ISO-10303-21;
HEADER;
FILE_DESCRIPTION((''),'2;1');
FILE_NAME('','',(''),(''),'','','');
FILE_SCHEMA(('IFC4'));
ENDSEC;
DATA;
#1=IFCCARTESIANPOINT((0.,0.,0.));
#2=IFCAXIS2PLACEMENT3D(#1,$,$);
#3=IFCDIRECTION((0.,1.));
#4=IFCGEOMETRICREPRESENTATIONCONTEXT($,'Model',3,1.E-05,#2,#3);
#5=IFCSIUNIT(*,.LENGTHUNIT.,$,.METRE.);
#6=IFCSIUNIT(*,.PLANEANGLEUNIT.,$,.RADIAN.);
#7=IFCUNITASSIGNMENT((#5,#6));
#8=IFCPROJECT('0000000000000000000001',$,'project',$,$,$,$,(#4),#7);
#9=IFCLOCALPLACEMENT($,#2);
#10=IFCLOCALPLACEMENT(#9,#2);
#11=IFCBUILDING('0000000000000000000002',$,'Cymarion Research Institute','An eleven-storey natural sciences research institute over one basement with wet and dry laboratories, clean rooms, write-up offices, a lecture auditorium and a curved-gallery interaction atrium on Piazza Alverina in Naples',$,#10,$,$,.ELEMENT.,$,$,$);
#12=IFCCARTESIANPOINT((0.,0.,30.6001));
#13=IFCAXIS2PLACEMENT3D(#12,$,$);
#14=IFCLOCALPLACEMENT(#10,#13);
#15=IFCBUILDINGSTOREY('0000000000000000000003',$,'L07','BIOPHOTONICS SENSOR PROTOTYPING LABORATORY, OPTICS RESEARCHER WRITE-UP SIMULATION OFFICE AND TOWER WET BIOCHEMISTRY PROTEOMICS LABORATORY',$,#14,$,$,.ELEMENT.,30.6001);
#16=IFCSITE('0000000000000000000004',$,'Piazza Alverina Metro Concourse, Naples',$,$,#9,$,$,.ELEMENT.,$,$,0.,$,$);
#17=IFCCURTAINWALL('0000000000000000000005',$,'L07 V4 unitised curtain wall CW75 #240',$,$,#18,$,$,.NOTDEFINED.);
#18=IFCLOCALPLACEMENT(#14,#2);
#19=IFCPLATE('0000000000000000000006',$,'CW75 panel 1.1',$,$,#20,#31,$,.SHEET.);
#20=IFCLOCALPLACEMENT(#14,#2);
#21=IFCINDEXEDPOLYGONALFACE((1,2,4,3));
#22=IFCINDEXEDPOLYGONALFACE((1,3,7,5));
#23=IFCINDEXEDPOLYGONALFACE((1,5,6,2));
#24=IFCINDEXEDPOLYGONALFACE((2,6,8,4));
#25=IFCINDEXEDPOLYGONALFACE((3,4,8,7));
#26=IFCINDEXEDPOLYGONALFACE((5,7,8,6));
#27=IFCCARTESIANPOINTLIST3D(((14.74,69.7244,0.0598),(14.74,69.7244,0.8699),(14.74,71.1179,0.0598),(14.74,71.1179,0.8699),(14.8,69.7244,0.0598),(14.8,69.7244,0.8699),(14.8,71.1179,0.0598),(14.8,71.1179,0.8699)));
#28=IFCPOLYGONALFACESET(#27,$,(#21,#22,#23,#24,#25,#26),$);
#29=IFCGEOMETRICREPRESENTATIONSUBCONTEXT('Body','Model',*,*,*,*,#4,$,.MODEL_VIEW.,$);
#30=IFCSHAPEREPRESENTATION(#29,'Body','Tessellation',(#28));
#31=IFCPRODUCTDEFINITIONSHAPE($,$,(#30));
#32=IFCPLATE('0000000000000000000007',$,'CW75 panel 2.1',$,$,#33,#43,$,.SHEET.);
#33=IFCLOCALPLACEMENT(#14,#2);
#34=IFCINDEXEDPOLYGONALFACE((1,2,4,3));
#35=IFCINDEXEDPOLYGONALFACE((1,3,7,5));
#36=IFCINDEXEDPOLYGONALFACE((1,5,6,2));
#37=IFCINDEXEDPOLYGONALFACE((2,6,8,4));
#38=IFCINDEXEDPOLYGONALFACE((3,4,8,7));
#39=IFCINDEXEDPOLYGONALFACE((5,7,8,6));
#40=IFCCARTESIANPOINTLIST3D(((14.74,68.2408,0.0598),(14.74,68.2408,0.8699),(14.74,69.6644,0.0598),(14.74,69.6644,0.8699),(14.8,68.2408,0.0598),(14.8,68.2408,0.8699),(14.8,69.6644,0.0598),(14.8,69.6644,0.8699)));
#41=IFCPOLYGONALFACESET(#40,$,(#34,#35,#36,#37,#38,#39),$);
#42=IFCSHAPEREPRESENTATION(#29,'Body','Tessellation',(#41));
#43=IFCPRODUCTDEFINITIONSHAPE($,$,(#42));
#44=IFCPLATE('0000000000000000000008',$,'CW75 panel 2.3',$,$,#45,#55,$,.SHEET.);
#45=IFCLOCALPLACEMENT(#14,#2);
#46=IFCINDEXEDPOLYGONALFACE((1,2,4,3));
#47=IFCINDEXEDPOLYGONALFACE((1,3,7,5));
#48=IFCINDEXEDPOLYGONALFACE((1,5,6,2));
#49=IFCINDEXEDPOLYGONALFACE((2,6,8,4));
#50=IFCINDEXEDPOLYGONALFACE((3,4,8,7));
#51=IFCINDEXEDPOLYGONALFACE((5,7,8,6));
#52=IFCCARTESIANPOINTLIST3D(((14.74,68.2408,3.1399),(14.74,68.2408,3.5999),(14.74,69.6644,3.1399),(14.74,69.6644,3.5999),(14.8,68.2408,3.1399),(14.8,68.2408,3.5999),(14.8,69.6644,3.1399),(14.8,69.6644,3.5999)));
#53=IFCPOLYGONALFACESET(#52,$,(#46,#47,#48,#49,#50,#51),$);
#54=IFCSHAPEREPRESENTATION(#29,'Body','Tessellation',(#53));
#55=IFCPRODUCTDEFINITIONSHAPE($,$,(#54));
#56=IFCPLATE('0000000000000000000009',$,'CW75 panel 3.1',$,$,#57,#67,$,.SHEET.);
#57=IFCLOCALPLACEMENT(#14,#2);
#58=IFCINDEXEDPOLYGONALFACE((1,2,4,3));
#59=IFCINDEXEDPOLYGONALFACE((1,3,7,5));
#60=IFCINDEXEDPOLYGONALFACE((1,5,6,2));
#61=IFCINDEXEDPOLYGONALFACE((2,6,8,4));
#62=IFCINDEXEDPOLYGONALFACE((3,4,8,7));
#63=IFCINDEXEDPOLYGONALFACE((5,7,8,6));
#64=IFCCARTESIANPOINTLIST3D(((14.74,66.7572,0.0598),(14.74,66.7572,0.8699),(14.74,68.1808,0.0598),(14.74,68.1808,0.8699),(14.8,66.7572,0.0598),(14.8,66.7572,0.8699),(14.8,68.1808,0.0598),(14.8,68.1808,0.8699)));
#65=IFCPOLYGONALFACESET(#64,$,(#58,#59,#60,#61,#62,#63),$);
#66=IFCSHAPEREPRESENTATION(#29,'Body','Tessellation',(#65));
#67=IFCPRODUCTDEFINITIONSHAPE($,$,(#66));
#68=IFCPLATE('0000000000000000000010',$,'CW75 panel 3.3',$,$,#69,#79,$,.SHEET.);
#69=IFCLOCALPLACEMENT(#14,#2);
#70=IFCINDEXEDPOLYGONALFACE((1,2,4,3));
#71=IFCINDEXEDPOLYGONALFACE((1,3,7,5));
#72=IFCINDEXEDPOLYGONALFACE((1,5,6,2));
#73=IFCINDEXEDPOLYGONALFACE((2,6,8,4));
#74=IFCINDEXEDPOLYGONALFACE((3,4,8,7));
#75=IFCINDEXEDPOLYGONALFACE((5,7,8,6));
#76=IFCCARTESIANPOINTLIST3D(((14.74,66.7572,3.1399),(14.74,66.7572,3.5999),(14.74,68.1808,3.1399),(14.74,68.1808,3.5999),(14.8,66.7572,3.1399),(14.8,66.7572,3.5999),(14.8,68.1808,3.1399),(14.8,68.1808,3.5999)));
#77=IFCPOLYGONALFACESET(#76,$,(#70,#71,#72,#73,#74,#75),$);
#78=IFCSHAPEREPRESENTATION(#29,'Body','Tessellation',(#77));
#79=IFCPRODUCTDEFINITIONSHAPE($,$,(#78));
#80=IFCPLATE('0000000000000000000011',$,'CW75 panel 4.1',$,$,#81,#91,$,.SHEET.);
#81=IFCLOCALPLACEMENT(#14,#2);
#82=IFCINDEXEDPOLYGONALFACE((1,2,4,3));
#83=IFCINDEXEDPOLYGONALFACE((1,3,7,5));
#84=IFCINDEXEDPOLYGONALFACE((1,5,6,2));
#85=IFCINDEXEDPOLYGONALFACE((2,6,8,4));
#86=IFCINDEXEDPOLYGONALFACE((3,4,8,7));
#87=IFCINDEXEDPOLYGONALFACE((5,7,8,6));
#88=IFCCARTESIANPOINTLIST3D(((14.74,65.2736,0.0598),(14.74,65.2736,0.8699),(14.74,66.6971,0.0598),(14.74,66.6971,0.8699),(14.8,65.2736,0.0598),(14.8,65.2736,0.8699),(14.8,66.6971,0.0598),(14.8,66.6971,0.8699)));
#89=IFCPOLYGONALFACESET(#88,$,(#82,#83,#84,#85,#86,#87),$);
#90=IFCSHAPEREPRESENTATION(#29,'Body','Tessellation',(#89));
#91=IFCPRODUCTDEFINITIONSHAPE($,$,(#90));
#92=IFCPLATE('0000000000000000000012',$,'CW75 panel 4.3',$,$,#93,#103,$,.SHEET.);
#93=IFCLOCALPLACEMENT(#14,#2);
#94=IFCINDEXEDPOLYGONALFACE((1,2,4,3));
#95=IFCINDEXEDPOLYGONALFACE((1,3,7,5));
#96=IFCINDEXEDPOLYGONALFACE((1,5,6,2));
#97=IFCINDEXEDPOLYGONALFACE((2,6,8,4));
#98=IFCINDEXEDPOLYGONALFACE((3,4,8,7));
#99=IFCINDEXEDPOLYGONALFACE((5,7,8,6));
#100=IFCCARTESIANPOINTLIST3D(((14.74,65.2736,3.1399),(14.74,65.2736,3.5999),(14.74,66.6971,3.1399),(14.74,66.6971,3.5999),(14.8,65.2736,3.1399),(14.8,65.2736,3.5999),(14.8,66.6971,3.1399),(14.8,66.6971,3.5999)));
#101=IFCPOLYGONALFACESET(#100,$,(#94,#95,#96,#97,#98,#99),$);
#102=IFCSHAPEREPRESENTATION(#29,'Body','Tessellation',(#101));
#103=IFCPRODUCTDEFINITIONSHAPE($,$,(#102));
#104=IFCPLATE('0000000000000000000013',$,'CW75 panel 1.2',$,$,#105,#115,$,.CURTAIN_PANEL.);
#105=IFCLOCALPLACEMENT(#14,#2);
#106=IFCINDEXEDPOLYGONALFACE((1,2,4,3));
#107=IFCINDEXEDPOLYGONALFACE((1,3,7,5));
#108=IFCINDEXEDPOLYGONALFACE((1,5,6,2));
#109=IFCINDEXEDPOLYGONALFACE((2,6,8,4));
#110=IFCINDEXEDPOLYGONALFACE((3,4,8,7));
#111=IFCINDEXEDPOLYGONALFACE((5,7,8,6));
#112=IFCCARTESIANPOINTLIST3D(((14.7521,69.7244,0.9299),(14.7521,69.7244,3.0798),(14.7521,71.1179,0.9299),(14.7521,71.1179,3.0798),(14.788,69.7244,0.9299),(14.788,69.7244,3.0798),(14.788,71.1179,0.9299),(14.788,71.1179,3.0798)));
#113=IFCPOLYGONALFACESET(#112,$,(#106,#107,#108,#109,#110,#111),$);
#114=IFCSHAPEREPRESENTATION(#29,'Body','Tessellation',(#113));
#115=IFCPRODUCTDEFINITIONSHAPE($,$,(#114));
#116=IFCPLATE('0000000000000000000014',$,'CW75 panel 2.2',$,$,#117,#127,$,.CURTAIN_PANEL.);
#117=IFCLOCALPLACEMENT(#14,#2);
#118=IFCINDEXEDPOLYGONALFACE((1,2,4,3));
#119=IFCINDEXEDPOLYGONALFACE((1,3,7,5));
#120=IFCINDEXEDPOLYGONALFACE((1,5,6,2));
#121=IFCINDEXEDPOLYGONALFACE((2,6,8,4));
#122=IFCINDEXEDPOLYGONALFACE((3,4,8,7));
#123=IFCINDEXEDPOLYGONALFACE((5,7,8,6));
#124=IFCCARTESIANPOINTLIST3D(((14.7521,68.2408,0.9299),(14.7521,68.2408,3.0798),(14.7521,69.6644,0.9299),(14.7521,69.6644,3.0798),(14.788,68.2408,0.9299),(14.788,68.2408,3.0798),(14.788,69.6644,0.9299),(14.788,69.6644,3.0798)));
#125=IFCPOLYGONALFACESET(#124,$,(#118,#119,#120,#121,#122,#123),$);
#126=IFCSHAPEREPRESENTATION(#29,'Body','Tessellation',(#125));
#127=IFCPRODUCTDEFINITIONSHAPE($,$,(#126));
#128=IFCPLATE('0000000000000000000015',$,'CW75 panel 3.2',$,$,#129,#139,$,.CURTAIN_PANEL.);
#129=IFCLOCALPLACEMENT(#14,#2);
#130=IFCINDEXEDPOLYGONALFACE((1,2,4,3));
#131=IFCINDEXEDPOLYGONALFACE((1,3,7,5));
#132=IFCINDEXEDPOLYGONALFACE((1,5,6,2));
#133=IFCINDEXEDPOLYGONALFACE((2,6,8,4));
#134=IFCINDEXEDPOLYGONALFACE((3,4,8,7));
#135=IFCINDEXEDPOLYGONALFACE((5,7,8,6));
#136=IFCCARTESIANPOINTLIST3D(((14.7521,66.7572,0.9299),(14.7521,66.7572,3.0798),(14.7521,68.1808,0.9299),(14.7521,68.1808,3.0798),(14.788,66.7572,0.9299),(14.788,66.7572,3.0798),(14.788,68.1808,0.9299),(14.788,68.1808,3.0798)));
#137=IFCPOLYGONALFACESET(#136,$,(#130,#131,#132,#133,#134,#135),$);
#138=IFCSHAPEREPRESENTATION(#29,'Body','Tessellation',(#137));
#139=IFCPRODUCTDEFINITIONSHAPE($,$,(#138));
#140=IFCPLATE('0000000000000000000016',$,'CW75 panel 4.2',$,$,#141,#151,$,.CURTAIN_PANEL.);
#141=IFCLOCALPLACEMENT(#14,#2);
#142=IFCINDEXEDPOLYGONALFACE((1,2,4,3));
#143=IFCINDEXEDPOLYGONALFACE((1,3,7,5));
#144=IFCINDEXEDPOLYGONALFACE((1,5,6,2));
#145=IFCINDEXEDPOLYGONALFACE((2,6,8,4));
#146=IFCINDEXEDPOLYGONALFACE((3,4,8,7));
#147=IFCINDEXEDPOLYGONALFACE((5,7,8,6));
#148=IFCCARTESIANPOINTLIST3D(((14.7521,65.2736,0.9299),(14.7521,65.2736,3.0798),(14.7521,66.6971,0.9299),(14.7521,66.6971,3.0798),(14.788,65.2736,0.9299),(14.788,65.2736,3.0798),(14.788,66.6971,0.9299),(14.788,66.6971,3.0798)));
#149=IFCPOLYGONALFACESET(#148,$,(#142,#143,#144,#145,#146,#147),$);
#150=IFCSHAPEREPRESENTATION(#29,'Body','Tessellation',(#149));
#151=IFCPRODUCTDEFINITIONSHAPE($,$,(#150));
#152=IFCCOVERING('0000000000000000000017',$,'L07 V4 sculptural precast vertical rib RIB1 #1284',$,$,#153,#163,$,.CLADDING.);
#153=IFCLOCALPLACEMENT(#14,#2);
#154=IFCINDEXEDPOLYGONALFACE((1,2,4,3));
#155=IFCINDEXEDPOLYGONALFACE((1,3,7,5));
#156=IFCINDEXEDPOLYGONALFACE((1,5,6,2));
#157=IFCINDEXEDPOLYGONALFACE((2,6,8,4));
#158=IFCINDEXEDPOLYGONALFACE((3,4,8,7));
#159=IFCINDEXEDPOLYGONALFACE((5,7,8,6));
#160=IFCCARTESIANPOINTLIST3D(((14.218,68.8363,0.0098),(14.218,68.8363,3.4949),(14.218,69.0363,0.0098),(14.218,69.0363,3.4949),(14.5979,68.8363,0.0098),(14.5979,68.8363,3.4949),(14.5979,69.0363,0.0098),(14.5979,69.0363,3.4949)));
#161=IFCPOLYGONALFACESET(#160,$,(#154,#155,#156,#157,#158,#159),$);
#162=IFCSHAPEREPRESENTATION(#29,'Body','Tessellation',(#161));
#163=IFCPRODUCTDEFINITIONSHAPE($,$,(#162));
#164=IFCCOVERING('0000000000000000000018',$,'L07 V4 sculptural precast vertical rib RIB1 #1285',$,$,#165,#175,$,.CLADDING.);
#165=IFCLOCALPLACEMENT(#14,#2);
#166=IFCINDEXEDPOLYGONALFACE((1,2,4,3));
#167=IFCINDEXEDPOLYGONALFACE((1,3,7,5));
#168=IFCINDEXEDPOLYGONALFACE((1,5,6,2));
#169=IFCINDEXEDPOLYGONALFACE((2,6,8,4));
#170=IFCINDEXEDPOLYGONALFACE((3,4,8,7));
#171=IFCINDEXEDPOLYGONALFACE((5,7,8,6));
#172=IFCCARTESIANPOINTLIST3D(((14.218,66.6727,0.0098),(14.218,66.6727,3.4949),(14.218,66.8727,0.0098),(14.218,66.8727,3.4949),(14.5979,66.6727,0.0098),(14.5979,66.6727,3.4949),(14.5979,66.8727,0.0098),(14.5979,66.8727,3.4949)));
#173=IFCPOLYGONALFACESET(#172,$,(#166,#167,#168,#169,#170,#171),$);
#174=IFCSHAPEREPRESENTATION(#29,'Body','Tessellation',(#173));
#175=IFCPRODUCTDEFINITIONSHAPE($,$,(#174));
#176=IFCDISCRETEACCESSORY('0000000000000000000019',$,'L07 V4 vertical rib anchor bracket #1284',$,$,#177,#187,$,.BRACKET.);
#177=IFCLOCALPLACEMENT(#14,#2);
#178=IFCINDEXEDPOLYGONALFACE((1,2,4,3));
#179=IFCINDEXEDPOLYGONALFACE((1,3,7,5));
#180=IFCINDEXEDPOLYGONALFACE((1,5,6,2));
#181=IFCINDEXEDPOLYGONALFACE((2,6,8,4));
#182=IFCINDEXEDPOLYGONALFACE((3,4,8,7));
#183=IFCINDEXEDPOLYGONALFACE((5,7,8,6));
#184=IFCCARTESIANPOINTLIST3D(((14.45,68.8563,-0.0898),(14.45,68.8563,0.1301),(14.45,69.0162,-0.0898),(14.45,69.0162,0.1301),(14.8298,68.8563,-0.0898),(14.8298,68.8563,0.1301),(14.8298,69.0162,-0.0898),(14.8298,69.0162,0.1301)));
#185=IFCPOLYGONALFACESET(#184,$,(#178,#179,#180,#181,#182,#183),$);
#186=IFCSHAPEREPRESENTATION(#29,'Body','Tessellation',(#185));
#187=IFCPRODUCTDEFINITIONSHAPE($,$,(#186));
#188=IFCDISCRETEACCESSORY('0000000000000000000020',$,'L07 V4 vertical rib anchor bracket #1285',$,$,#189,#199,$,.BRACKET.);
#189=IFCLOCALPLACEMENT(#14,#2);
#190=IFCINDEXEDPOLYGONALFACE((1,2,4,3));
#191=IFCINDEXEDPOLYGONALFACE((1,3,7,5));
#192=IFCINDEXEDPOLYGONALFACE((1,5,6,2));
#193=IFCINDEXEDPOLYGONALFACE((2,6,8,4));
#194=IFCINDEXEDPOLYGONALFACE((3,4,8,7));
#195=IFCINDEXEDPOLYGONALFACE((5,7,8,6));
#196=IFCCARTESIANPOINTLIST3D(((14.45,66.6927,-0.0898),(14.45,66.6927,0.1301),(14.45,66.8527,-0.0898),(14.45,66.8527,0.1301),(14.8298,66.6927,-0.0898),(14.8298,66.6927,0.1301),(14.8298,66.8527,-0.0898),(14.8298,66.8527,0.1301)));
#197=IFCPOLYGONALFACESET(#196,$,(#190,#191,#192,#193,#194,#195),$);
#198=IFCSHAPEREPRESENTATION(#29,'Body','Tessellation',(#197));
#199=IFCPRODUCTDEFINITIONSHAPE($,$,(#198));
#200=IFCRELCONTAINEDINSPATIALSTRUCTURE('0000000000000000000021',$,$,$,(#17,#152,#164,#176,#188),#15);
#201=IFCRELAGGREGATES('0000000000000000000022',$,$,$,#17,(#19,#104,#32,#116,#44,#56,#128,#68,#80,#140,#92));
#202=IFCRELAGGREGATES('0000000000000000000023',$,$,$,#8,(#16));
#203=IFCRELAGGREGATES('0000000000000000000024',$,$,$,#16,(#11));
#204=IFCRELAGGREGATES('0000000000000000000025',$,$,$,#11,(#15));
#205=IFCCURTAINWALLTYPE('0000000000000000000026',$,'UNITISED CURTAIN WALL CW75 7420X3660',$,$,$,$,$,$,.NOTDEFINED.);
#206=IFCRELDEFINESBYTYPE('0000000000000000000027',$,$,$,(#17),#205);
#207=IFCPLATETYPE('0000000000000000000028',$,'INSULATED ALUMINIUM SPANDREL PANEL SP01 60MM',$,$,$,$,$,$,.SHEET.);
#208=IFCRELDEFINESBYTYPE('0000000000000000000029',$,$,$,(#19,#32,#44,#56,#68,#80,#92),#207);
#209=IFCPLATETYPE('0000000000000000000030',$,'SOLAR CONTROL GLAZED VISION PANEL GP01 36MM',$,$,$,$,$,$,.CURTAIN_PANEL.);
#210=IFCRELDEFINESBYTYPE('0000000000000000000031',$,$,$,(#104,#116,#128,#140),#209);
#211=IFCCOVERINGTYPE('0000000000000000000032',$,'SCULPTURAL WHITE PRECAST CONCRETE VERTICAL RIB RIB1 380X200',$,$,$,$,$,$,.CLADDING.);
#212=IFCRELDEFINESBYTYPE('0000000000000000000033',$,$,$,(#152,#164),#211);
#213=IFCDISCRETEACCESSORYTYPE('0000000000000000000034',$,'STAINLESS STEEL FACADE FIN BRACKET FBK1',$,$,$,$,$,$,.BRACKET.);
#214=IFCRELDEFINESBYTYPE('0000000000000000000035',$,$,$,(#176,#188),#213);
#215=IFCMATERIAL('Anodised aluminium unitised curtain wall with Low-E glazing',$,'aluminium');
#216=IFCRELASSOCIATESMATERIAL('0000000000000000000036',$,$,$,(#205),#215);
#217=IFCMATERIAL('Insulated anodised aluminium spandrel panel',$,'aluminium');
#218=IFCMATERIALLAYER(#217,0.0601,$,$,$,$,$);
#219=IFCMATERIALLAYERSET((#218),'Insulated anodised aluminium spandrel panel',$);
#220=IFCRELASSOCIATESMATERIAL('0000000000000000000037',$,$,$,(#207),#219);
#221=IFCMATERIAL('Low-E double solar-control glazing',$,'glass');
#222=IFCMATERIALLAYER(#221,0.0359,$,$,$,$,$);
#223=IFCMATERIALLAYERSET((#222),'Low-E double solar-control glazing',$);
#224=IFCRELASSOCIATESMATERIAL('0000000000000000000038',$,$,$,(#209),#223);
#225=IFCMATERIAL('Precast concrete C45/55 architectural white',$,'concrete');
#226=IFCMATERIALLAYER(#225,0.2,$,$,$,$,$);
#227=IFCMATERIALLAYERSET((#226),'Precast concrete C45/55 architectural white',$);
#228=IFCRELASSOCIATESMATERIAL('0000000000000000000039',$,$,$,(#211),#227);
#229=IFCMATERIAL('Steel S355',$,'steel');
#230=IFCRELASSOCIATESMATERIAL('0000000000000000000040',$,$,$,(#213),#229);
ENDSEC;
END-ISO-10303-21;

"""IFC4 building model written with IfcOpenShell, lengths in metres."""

from ifc_helpers import new_model, si_unit, direction, frame, origin, origin_2d, place, context, subcontext, project, spatial, rectangle, extrude, material, layer, layer_set, type_object, element, aggregate, save


model = new_model("IFC4")

# Units and contexts
model_context = context("Model", 3, precision=1e-05, world=origin(), true_north=direction((0.0, 1.0)))
body_context = subcontext(model_context, "Body", "Model", "MODEL_VIEW")
ifc_project = project(units=[si_unit("LENGTHUNIT", "METRE"), si_unit("PLANEANGLEUNIT", "RADIAN")], contexts=[model_context])

# Site, building, storey
site_placement = place(None, origin())
site = spatial("IfcSite", under=ifc_project, at=site_placement, Name="Piazza Alverina Metro Concourse, Naples", CompositionType="ELEMENT", RefElevation=0.0)
building_placement = place(site_placement, origin())
building = spatial("IfcBuilding", under=site, at=building_placement, Name="Cymarion Research Institute", Description="An eleven-storey natural sciences research institute over one basement with wet and dry laboratories, clean rooms, write-up offices, a lecture auditorium and a curved-gallery interaction atrium on Piazza Alverina in Naples", CompositionType="ELEMENT")
storey_placement = place(building_placement, frame((0.0, 0.0, 30.6001)))
storey = spatial("IfcBuildingStorey", under=building, at=storey_placement, Name="L07", Description="BIOPHOTONICS SENSOR PROTOTYPING LABORATORY, OPTICS RESEARCHER WRITE-UP SIMULATION OFFICE AND TOWER WET BIOCHEMISTRY PROTEOMICS LABORATORY", CompositionType="ELEMENT", Elevation=30.6001)

# Curtain wall, plates
ifc_material_1 = material(Name="Anodised aluminium unitised curtain wall with Low-E glazing", Category="aluminium")
curtain_wall_type = type_object("IfcCurtainWallType", Name="UNITISED CURTAIN WALL CW75 7420X3660", PredefinedType="NOTDEFINED", material=ifc_material_1)
curtain_wall_placement = place(storey_placement, origin())
curtain_wall = element("IfcCurtainWall", 1, at=curtain_wall_placement, inside=storey, type_object=curtain_wall_type, Name="L07 V4 unitised curtain wall CW75 #240", PredefinedType="NOTDEFINED")
ifc_material_2 = material(Name="Insulated anodised aluminium spandrel panel", Category="aluminium")
ifc_layer_1 = layer(ifc_material_2, 0.0601)
ifc_layer_set_1 = layer_set([ifc_layer_1], Name="Insulated anodised aluminium spandrel panel")
plate_type_1 = type_object("IfcPlateType", Name="INSULATED ALUMINIUM SPANDREL PANEL SP01 60MM", PredefinedType="SHEET", material=ifc_layer_set_1)
plate_1_placement = place(storey_placement, frame((14.77, 70.4211, 0.0598), z_axis=(0.0, 0.0, 1.0), x_axis=(0.0, -1.0, 0.0)))
plate_1 = element("IfcPlate", 2, at=plate_1_placement, type_object=plate_type_1, Name="CW75 panel 1.1", PredefinedType="SHEET", context=body_context, shape_type="SweptSolid", body=[
    extrude(rectangle(XDim=1.3936, YDim=0.0601, at=origin_2d()), origin(), (0.0, 0.0, 1.0), 0.8101),
])
plate_2_placement = place(storey_placement, frame((14.77, 68.9526, 0.0598), z_axis=(0.0, 0.0, 1.0), x_axis=(0.0, -1.0, 0.0)))
plate_2 = element("IfcPlate", 3, at=plate_2_placement, type_object=plate_type_1, Name="CW75 panel 2.1", PredefinedType="SHEET", context=body_context, shape_type="SweptSolid", body=[
    extrude(rectangle(XDim=1.4236, YDim=0.0601, at=origin_2d()), origin(), (0.0, 0.0, 1.0), 0.8101),
])
plate_3_placement = place(storey_placement, frame((14.77, 68.9526, 3.1399), z_axis=(0.0, 0.0, 1.0), x_axis=(0.0, -1.0, 0.0)))
plate_3 = element("IfcPlate", 4, at=plate_3_placement, type_object=plate_type_1, Name="CW75 panel 2.3", PredefinedType="SHEET", context=body_context, shape_type="SweptSolid", body=[
    extrude(rectangle(XDim=1.4236, YDim=0.0601, at=origin_2d()), origin(), (0.0, 0.0, 1.0), 0.46),
])
plate_4_placement = place(storey_placement, frame((14.77, 67.469, 0.0598), z_axis=(0.0, 0.0, 1.0), x_axis=(0.0, -1.0, 0.0)))
plate_4 = element("IfcPlate", 5, at=plate_4_placement, type_object=plate_type_1, Name="CW75 panel 3.1", PredefinedType="SHEET", context=body_context, shape_type="SweptSolid", body=[
    extrude(rectangle(XDim=1.4236, YDim=0.0601, at=origin_2d()), origin(), (0.0, 0.0, 1.0), 0.8101),
])
plate_5_placement = place(storey_placement, frame((14.77, 67.469, 3.1399), z_axis=(0.0, 0.0, 1.0), x_axis=(0.0, -1.0, 0.0)))
plate_5 = element("IfcPlate", 6, at=plate_5_placement, type_object=plate_type_1, Name="CW75 panel 3.3", PredefinedType="SHEET", context=body_context, shape_type="SweptSolid", body=[
    extrude(rectangle(XDim=1.4236, YDim=0.0601, at=origin_2d()), origin(), (0.0, 0.0, 1.0), 0.46),
])
plate_6_placement = place(storey_placement, frame((14.77, 65.9854, 0.0598), z_axis=(0.0, 0.0, 1.0), x_axis=(0.0, -1.0, 0.0)))
plate_6 = element("IfcPlate", 7, at=plate_6_placement, type_object=plate_type_1, Name="CW75 panel 4.1", PredefinedType="SHEET", context=body_context, shape_type="SweptSolid", body=[
    extrude(rectangle(XDim=1.4236, YDim=0.0601, at=origin_2d()), origin(), (0.0, 0.0, 1.0), 0.8101),
])
plate_7_placement = place(storey_placement, frame((14.77, 65.9854, 3.1399), z_axis=(0.0, 0.0, 1.0), x_axis=(0.0, -1.0, 0.0)))
plate_7 = element("IfcPlate", 8, at=plate_7_placement, type_object=plate_type_1, Name="CW75 panel 4.3", PredefinedType="SHEET", context=body_context, shape_type="SweptSolid", body=[
    extrude(rectangle(XDim=1.4236, YDim=0.0601, at=origin_2d()), origin(), (0.0, 0.0, 1.0), 0.46),
])
ifc_material_3 = material(Name="Low-E double solar-control glazing", Category="glass")
ifc_layer_2 = layer(ifc_material_3, 0.0359)
ifc_layer_set_2 = layer_set([ifc_layer_2], Name="Low-E double solar-control glazing")
plate_type_2 = type_object("IfcPlateType", Name="SOLAR CONTROL GLAZED VISION PANEL GP01 36MM", PredefinedType="CURTAIN_PANEL", material=ifc_layer_set_2)
plate_8_placement = place(storey_placement, frame((14.77, 70.4211, 0.9299), z_axis=(0.0, 0.0, 1.0), x_axis=(0.0, -1.0, 0.0)))
plate_8 = element("IfcPlate", 9, at=plate_8_placement, type_object=plate_type_2, Name="CW75 panel 1.2", PredefinedType="CURTAIN_PANEL", context=body_context, shape_type="SweptSolid", body=[
    extrude(rectangle(XDim=1.3936, YDim=0.0359, at=origin_2d()), origin(), (0.0, 0.0, 1.0), 2.1499),
])
plate_9_placement = place(storey_placement, frame((14.77, 68.9526, 0.9299), z_axis=(0.0, 0.0, 1.0), x_axis=(0.0, -1.0, 0.0)))
plate_9 = element("IfcPlate", 10, at=plate_9_placement, type_object=plate_type_2, Name="CW75 panel 2.2", PredefinedType="CURTAIN_PANEL", context=body_context, shape_type="SweptSolid", body=[
    extrude(rectangle(XDim=1.4236, YDim=0.0359, at=origin_2d()), origin(), (0.0, 0.0, 1.0), 2.1499),
])
plate_10_placement = place(storey_placement, frame((14.77, 67.469, 0.9299), z_axis=(0.0, 0.0, 1.0), x_axis=(0.0, -1.0, 0.0)))
plate_10 = element("IfcPlate", 11, at=plate_10_placement, type_object=plate_type_2, Name="CW75 panel 3.2", PredefinedType="CURTAIN_PANEL", context=body_context, shape_type="SweptSolid", body=[
    extrude(rectangle(XDim=1.4236, YDim=0.0359, at=origin_2d()), origin(), (0.0, 0.0, 1.0), 2.1499),
])
plate_11_placement = place(storey_placement, frame((14.77, 65.9854, 0.9299), z_axis=(0.0, 0.0, 1.0), x_axis=(0.0, -1.0, 0.0)))
plate_11 = element("IfcPlate", 12, at=plate_11_placement, type_object=plate_type_2, Name="CW75 panel 4.2", PredefinedType="CURTAIN_PANEL", context=body_context, shape_type="SweptSolid", body=[
    extrude(rectangle(XDim=1.4236, YDim=0.0359, at=origin_2d()), origin(), (0.0, 0.0, 1.0), 2.1499),
])
aggregate(curtain_wall, [plate_1, plate_8, plate_2, plate_9, plate_3, plate_4, plate_10, plate_5, plate_6, plate_11, plate_7])

# Coverings
ifc_material_4 = material(Name="Precast concrete C45/55 architectural white", Category="concrete")
ifc_layer_3 = layer(ifc_material_4, 0.2)
ifc_layer_set_3 = layer_set([ifc_layer_3], Name="Precast concrete C45/55 architectural white")
covering_type = type_object("IfcCoveringType", Name="SCULPTURAL WHITE PRECAST CONCRETE VERTICAL RIB RIB1 380X200", PredefinedType="CLADDING", material=ifc_layer_set_3)
for number, where, z_axis, x_axis, name in (
    (13, (14.408, 68.9363, 0.0098), (0.0, 0.0, 1.0), (-1.0, 0.0, 0.0), "L07 V4 sculptural precast vertical rib RIB1 #1284"),
    (14, (14.408, 66.7727, 0.0098), (0.0, 0.0, 1.0), (-1.0, 0.0, 0.0), "L07 V4 sculptural precast vertical rib RIB1 #1285"),
):
    element("IfcCovering", number, at=place(storey_placement, frame(where, z_axis=z_axis, x_axis=x_axis)), inside=storey, type_object=covering_type, Name=name, PredefinedType="CLADDING", context=body_context, shape_type="SweptSolid", body=[
        extrude(rectangle(XDim=0.3799, YDim=0.2, at=origin_2d()), origin(), (0.0, 0.0, 1.0), 3.4851),
    ])

# Discrete accessories
ifc_material_5 = material(Name="Steel S355", Category="steel")
discrete_accessory_type = type_object("IfcDiscreteAccessoryType", Name="STAINLESS STEEL FACADE FIN BRACKET FBK1", PredefinedType="BRACKET", material=ifc_material_5)
for number, where, z_axis, x_axis, name in (
    (15, (14.6399, 68.9363, -0.0898), (0.0, 0.0, 1.0), (-1.0, 0.0, 0.0), "L07 V4 vertical rib anchor bracket #1284"),
    (16, (14.6399, 66.7727, -0.0898), (0.0, 0.0, 1.0), (-1.0, 0.0, 0.0), "L07 V4 vertical rib anchor bracket #1285"),
):
    element("IfcDiscreteAccessory", number, at=place(storey_placement, frame(where, z_axis=z_axis, x_axis=x_axis)), inside=storey, type_object=discrete_accessory_type, Name=name, PredefinedType="BRACKET", context=body_context, shape_type="SweptSolid", body=[
        extrude(rectangle(XDim=0.3799, YDim=0.1599, at=origin_2d()), origin(), (0.0, 0.0, 1.0), 0.22),
    ])

save(model, "model.ifc")
